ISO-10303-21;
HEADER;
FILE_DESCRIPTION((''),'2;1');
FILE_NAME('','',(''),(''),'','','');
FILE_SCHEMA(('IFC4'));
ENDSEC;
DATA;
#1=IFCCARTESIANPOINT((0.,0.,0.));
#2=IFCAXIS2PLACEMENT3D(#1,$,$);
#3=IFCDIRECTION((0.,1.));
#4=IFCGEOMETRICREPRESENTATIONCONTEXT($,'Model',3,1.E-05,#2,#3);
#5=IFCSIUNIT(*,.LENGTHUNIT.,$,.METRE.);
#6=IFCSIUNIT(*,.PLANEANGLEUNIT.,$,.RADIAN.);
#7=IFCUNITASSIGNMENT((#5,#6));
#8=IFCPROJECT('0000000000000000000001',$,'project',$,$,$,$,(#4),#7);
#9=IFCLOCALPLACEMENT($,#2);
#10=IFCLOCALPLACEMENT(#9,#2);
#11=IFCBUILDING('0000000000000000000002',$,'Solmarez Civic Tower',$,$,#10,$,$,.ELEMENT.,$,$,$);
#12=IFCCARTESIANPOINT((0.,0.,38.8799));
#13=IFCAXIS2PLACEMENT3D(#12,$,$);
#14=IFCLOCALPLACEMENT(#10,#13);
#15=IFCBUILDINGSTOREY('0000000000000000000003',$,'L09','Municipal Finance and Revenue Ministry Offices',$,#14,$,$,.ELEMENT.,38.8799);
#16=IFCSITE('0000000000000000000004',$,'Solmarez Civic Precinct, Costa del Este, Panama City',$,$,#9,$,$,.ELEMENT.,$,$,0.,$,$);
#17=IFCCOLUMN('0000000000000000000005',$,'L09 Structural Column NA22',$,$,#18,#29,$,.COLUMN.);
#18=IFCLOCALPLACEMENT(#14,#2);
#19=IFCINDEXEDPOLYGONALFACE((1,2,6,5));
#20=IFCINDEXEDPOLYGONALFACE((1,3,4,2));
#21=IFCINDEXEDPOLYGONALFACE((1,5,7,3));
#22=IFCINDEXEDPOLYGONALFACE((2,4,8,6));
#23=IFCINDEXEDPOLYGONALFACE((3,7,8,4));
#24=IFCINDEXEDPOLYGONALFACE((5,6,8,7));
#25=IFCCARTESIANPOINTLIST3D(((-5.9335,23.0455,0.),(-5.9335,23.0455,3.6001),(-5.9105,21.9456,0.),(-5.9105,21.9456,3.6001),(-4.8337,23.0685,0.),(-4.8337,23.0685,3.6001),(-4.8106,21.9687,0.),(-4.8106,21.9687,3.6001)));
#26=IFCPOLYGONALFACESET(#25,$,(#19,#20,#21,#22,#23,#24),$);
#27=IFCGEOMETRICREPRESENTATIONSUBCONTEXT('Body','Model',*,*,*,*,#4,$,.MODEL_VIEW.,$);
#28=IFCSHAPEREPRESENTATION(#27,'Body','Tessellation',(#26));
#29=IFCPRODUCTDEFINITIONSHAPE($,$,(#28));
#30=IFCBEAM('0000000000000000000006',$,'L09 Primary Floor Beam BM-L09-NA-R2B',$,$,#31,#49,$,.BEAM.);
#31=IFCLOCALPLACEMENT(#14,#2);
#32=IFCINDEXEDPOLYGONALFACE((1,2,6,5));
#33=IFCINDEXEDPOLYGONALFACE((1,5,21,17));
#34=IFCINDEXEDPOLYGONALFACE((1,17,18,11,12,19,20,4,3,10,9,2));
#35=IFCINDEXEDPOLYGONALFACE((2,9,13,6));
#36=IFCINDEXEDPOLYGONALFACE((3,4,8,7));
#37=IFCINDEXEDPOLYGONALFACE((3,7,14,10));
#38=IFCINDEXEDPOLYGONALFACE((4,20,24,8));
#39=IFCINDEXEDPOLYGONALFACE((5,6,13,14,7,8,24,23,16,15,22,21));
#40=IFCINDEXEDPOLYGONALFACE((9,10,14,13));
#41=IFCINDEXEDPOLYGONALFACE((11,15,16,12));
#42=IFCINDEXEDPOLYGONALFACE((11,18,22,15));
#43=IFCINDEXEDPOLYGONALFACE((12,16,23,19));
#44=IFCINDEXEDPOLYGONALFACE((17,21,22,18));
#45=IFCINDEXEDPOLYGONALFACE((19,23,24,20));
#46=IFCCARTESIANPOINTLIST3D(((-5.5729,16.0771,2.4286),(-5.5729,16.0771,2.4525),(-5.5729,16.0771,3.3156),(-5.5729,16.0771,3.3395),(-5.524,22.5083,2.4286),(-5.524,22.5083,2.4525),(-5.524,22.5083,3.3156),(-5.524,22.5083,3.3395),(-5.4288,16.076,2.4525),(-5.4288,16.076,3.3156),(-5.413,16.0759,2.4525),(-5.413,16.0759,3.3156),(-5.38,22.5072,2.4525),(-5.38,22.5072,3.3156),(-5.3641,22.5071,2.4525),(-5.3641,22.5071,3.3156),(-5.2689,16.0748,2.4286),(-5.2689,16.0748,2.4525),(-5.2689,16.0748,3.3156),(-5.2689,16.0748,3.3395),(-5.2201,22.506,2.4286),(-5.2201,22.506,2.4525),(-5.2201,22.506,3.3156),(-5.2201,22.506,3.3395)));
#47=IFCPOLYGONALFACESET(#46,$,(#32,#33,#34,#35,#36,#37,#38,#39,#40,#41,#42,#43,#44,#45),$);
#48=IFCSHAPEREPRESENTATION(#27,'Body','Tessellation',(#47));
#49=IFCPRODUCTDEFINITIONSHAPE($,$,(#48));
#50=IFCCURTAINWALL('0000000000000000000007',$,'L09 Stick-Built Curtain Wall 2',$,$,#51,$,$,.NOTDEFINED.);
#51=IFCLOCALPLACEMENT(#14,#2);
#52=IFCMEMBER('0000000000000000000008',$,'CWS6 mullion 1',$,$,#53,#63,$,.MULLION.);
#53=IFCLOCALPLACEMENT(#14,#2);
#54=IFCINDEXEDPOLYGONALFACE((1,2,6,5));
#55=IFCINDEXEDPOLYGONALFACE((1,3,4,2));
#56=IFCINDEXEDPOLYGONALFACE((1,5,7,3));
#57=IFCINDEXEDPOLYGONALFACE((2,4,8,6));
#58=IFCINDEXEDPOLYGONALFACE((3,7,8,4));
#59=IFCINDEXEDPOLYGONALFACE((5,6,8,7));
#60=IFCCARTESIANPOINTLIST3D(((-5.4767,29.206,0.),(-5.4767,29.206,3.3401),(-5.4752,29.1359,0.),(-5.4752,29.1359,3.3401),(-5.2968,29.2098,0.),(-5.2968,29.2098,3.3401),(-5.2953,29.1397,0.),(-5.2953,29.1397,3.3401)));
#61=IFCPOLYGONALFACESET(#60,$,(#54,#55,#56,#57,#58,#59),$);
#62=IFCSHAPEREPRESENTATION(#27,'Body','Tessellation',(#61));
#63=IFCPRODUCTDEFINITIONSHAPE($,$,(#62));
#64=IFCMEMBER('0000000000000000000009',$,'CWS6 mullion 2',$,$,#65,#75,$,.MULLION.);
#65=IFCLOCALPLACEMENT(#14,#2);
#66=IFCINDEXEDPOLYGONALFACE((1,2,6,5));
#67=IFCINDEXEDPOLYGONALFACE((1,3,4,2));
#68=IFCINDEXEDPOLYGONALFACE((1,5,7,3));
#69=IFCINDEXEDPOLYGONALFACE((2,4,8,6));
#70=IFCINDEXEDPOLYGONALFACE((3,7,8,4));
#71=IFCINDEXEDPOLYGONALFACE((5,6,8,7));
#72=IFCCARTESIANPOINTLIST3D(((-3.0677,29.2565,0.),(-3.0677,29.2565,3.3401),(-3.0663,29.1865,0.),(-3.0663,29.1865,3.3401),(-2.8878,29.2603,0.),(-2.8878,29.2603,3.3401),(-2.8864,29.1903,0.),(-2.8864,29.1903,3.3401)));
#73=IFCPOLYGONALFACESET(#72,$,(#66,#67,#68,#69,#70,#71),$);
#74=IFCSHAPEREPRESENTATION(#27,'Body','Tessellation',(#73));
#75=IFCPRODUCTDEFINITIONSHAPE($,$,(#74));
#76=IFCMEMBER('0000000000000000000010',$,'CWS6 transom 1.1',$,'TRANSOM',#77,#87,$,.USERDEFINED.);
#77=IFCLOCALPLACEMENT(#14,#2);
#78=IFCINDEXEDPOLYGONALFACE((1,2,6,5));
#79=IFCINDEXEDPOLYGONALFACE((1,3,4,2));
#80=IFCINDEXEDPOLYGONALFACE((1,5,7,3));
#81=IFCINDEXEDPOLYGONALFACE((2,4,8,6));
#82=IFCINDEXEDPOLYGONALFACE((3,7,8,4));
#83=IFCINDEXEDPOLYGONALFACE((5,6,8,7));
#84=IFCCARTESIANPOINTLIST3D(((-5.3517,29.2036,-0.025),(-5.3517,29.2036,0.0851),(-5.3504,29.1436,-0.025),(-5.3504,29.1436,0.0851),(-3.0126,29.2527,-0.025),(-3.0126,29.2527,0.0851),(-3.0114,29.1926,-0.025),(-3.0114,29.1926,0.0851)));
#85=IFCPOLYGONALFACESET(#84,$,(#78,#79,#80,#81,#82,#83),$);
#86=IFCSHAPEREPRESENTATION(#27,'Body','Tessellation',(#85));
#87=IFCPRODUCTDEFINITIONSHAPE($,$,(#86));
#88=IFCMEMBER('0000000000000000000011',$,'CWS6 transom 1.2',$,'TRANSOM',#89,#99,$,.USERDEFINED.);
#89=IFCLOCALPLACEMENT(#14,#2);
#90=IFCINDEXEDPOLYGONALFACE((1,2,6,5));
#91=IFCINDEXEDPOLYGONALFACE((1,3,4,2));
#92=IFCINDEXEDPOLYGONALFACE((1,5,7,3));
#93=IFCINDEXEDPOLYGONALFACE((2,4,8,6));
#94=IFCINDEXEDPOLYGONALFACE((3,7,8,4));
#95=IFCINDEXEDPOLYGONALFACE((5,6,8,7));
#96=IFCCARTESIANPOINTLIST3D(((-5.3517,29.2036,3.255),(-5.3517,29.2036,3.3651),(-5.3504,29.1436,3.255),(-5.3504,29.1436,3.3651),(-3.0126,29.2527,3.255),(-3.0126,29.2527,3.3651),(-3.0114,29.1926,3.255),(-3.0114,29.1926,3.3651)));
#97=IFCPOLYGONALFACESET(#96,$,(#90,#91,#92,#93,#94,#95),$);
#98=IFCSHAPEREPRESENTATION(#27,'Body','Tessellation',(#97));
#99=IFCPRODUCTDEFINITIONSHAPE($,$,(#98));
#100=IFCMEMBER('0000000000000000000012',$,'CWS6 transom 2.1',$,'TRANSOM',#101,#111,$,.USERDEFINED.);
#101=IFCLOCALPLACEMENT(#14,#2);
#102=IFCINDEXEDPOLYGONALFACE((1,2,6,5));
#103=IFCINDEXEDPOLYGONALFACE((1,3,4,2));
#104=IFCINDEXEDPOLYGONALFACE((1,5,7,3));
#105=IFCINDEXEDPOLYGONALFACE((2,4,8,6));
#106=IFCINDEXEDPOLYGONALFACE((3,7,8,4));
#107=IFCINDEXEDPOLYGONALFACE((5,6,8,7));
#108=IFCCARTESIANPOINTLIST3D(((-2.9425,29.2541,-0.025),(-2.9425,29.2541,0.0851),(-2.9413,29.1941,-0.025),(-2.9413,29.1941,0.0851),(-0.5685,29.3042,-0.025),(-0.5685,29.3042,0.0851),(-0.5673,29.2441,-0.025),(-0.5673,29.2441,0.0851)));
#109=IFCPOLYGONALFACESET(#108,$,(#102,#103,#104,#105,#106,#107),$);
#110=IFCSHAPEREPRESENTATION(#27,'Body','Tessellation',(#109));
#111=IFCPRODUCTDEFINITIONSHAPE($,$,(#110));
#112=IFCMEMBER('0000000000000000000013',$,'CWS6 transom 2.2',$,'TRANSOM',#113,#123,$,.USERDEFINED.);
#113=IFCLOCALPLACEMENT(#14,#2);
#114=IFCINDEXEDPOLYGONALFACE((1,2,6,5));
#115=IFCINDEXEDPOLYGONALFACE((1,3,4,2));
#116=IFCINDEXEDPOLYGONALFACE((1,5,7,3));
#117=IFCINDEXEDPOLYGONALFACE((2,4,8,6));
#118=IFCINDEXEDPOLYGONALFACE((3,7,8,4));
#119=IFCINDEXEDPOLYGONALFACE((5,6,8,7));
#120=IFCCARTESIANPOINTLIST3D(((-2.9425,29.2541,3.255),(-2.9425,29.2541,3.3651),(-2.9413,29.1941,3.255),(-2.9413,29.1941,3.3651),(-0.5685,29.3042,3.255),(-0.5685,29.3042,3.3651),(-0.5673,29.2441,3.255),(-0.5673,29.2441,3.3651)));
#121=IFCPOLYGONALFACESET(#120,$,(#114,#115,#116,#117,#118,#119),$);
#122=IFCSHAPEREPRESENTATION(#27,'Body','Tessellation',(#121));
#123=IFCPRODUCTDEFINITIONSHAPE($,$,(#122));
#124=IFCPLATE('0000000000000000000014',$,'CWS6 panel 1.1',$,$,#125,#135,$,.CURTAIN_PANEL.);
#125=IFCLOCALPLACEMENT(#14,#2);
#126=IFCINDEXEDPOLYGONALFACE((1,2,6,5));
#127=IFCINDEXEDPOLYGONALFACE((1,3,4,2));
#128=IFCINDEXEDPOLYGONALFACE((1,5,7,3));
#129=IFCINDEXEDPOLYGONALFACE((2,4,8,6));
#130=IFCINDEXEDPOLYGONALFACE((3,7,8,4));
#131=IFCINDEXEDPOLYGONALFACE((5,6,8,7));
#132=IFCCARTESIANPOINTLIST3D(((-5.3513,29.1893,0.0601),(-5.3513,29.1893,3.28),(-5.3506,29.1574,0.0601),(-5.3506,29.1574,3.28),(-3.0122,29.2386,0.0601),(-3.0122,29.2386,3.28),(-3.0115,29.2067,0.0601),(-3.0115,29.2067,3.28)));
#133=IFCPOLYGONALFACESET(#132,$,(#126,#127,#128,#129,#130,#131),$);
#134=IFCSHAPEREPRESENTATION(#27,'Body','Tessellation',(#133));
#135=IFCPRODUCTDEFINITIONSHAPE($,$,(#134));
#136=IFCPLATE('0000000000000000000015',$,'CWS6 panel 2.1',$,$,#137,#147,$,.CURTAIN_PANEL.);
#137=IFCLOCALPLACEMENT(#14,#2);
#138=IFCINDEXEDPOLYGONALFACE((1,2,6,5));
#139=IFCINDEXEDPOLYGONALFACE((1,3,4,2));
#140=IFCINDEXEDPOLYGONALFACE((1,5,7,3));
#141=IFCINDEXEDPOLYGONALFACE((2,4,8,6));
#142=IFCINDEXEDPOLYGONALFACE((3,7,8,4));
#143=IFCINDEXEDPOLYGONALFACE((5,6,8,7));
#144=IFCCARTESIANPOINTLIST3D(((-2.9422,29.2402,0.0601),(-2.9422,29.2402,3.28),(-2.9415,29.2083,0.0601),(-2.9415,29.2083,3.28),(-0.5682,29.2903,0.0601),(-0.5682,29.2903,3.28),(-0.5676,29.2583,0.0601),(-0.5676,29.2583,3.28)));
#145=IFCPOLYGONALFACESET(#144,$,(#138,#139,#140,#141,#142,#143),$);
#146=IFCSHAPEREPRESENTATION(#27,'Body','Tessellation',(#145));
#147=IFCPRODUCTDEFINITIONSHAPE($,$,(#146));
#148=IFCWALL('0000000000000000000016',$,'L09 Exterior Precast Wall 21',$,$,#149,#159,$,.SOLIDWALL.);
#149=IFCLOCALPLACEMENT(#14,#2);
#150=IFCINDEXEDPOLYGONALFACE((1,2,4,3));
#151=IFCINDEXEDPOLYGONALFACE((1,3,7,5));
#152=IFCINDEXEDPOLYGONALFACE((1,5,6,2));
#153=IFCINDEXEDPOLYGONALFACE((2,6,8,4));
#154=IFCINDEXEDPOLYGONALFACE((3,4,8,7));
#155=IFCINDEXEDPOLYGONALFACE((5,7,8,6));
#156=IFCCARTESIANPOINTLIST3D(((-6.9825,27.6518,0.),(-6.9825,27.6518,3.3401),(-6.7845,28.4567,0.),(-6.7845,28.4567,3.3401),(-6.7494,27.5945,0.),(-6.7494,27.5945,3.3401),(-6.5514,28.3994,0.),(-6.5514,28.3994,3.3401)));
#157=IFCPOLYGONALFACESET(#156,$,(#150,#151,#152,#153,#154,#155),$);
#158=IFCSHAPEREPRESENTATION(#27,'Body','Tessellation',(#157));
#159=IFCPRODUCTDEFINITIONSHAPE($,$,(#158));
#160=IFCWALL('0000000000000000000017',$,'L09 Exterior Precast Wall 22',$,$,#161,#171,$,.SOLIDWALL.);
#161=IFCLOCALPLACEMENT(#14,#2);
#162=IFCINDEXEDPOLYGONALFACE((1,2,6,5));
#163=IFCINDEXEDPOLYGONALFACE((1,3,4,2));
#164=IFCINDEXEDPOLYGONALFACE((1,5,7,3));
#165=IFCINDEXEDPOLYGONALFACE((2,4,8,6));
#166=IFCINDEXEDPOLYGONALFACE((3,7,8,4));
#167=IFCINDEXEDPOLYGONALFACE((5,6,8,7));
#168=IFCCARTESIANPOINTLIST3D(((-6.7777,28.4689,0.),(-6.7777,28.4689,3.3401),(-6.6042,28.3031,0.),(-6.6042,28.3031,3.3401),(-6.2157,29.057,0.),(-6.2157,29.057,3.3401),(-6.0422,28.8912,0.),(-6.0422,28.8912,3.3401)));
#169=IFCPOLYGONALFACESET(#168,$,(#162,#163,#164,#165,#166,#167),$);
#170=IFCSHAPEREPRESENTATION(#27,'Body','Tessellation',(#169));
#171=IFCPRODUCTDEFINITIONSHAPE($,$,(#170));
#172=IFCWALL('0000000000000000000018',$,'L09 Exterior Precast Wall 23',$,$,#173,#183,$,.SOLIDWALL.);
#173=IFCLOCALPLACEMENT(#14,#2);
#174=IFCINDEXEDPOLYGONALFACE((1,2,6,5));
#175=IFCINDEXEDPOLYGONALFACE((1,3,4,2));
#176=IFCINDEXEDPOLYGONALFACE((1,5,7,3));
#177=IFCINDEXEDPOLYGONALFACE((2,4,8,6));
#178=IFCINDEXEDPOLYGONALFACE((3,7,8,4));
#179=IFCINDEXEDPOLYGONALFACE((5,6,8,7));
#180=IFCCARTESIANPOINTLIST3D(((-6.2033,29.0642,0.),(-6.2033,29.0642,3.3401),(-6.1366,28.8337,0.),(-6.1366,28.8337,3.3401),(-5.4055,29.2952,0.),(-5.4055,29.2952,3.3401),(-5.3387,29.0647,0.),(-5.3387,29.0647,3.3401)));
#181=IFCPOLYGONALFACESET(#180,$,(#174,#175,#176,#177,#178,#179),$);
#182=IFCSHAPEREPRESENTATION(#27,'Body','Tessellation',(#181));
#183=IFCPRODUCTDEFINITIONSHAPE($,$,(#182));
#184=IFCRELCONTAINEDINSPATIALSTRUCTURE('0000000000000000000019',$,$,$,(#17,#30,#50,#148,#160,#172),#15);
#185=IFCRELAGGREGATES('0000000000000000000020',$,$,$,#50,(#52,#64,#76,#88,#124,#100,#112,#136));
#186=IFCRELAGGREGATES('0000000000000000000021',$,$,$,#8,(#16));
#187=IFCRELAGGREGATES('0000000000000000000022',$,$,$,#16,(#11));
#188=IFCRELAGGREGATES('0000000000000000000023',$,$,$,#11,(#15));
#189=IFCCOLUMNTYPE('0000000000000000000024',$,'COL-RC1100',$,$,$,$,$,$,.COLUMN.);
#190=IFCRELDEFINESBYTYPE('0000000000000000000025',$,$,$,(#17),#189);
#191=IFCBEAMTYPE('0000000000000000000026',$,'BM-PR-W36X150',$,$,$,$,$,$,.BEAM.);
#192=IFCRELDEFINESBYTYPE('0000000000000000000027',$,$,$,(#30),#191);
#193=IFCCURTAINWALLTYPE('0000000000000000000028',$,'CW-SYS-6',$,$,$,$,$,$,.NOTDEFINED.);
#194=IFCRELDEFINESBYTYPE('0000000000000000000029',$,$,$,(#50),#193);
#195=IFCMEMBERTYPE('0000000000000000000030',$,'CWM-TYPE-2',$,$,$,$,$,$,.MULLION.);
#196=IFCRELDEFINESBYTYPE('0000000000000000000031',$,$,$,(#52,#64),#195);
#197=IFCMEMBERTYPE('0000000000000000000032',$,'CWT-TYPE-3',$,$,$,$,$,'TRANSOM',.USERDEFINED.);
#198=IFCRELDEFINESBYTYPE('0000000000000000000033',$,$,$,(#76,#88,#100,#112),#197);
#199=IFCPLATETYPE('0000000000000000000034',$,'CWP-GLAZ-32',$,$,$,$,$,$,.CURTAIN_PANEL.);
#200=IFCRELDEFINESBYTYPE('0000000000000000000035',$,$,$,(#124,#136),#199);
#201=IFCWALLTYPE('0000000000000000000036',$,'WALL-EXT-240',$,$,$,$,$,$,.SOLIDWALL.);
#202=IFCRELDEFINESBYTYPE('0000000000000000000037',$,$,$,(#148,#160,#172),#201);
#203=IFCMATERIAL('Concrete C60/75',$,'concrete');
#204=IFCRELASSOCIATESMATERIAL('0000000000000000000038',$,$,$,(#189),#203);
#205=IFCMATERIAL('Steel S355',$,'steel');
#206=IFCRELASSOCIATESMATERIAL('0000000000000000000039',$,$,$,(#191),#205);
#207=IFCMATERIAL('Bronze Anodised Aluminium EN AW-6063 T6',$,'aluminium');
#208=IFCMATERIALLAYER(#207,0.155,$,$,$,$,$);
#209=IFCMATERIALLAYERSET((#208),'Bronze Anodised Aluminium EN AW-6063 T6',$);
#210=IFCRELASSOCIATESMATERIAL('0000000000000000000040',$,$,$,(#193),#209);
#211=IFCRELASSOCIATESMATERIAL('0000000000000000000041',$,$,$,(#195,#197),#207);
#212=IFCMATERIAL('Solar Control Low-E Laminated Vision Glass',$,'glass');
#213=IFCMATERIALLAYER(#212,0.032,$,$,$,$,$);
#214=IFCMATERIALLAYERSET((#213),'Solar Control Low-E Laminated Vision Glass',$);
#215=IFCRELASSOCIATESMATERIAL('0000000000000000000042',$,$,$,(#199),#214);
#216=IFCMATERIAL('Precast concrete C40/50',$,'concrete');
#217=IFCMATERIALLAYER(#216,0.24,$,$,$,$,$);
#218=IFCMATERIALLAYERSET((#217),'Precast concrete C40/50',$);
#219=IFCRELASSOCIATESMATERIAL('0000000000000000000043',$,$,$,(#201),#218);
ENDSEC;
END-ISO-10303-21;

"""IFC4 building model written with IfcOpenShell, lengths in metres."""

from ifc_helpers import new_model, si_unit, direction, frame, frame_2d, origin, origin_2d, place, context, subcontext, project, spatial, rectangle, i_section, extrude, material, layer, layer_set, material_profile, profile_set, type_object, element, aggregate, save


model = new_model("IFC4")

# Units and contexts
model_context = context("Model", 3, precision=1e-05, world=origin(), true_north=direction((0.0, 1.0)))
body_context = subcontext(model_context, "Body", "Model", "MODEL_VIEW")
ifc_project = project(units=[si_unit("LENGTHUNIT", "METRE"), si_unit("PLANEANGLEUNIT", "RADIAN")], contexts=[model_context])

# Site, building, storey
site_placement = place(None, origin())
site = spatial("IfcSite", under=ifc_project, at=site_placement, Name="Solmarez Civic Precinct, Costa del Este, Panama City", CompositionType="ELEMENT", RefElevation=0.0)
building_placement = place(site_placement, origin())
building = spatial("IfcBuilding", under=site, at=building_placement, Name="Solmarez Civic Tower", CompositionType="ELEMENT")
storey_placement = place(building_placement, frame((0.0, 0.0, 38.8799)))
storey = spatial("IfcBuildingStorey", under=building, at=storey_placement, Name="L09", Description="Municipal Finance and Revenue Ministry Offices", CompositionType="ELEMENT", Elevation=38.8799)

# Column
ifc_material_1 = material(Name="Concrete C60/75", Category="concrete")
ifc_material_profile_1 = material_profile(ifc_material_1, rectangle(XDim=1.1001, YDim=1.1001, at=origin_2d()), Name="RC1100X1100")
ifc_profile_set_1 = profile_set([ifc_material_profile_1], Name="Concrete C60/75")
column_type = type_object("IfcColumnType", Name="COL-RC1100", PredefinedType="COLUMN", material=ifc_profile_set_1)
column_placement = place(storey_placement, frame((-5.3721, 22.5071, 0.0), z_axis=(0.0, 0.0, 1.0), x_axis=(0.999781, 0.020942, 0.0)))
element("IfcColumn", 1, at=column_placement, inside=storey, type_object=column_type, Name="L09 Structural Column NA22", PredefinedType="COLUMN", context=body_context, shape_type="SweptSolid", body=[
    extrude(rectangle(XDim=1.1001, YDim=1.1001, at=origin_2d()), origin(), (0.0, 0.0, 1.0), 3.6001),
])

# Beam
ifc_material_2 = material(Name="Steel S355", Category="steel")
ifc_material_profile_2 = material_profile(ifc_material_2, i_section(OverallWidth=0.304, OverallDepth=0.9109, WebThickness=0.0159, FlangeThickness=0.0239, at=origin_2d()), Name="W36X150")
ifc_profile_set_2 = profile_set([ifc_material_profile_2], Name="Steel S355")
beam_type = type_object("IfcBeamType", Name="BM-PR-W36X150", PredefinedType="BEAM", material=ifc_profile_set_2)
beam_placement = place(storey_placement, frame((-5.4209, 16.0759, 2.884), z_axis=(0.007592, 0.999971, 0.0), x_axis=(-0.999971, 0.007592, 0.0)))
element("IfcBeam", 2, at=beam_placement, inside=storey, type_object=beam_type, Name="L09 Primary Floor Beam BM-L09-NA-R2B", PredefinedType="BEAM", context=body_context, shape_type="SweptSolid", body=[
    extrude(i_section(OverallWidth=0.304, OverallDepth=0.9109, WebThickness=0.0159, FlangeThickness=0.0239, at=origin_2d()), origin(), (0.0, 0.0, 1.0), 6.4314),
])

# Curtain wall, members, plates
ifc_material_3 = material(Name="Bronze Anodised Aluminium EN AW-6063 T6", Category="aluminium")
ifc_layer_1 = layer(ifc_material_3, 0.155)
ifc_layer_set_1 = layer_set([ifc_layer_1], Name="Bronze Anodised Aluminium EN AW-6063 T6")
curtain_wall_type = type_object("IfcCurtainWallType", Name="CW-SYS-6", PredefinedType="NOTDEFINED", material=ifc_layer_set_1)
curtain_wall_placement = place(storey_placement, origin())
curtain_wall = element("IfcCurtainWall", 3, at=curtain_wall_placement, inside=storey, type_object=curtain_wall_type, Name="L09 Stick-Built Curtain Wall 2", PredefinedType="NOTDEFINED")
ifc_material_profile_3 = material_profile(ifc_material_3, rectangle(XDim=0.0701, YDim=0.1799, at=origin_2d()), Name="CWM-70X180")
ifc_profile_set_3 = profile_set([ifc_material_profile_3], Name="Bronze Anodised Aluminium EN AW-6063 T6")
member_type_1 = type_object("IfcMemberType", Name="CWM-TYPE-2", PredefinedType="MULLION", material=ifc_profile_set_3)
member_1_placement = place(storey_placement, frame((-5.386, 29.1729, 0.0), z_axis=(0.0, 0.0, 1.0), x_axis=(-0.021067, 0.999778, 0.0)))
member_1 = element("IfcMember", 4, at=member_1_placement, type_object=member_type_1, Name="CWS6 mullion 1", PredefinedType="MULLION", context=body_context, shape_type="SweptSolid", body=[
    extrude(rectangle(XDim=0.0701, YDim=0.1799, at=origin_2d()), origin(), (0.0, 0.0, 1.0), 3.3401),
])
member_2_placement = place(storey_placement, frame((-2.9771, 29.2234, 0.0), z_axis=(0.0, 0.0, 1.0), x_axis=(-0.021067, 0.999778, 0.0)))
member_2 = element("IfcMember", 5, at=member_2_placement, type_object=member_type_1, Name="CWS6 mullion 2", PredefinedType="MULLION", context=body_context, shape_type="SweptSolid", body=[
    extrude(rectangle(XDim=0.0701, YDim=0.1799, at=origin_2d()), origin(), (0.0, 0.0, 1.0), 3.3401),
])
ifc_material_profile_4 = material_profile(ifc_material_3, rectangle(XDim=0.0601, YDim=0.1101, at=origin_2d()), Name="CWT-60X110")
ifc_profile_set_4 = profile_set([ifc_material_profile_4], Name="Bronze Anodised Aluminium EN AW-6063 T6")
member_type_2 = type_object("IfcMemberType", Name="CWT-TYPE-3", ElementType="TRANSOM", PredefinedType="USERDEFINED", material=ifc_profile_set_4)
member_3_placement = place(storey_placement, frame((-5.3511, 29.1736, 0.03), z_axis=(0.99978, 0.020974, 0.0), x_axis=(-0.020974, 0.99978, 0.0)))
member_3 = element("IfcMember", 6, at=member_3_placement, type_object=member_type_2, Name="CWS6 transom 1.1", ObjectType="TRANSOM", PredefinedType="USERDEFINED", context=body_context, shape_type="SweptSolid", body=[
    extrude(rectangle(XDim=0.0601, YDim=0.1101, at=origin_2d()), origin(), (0.0, 0.0, 1.0), 2.3396),
])
member_4_placement = place(storey_placement, frame((-5.3511, 29.1736, 3.3101), z_axis=(0.99978, 0.020974, 0.0), x_axis=(-0.020974, 0.99978, 0.0)))
member_4 = element("IfcMember", 7, at=member_4_placement, type_object=member_type_2, Name="CWS6 transom 1.2", ObjectType="TRANSOM", PredefinedType="USERDEFINED", context=body_context, shape_type="SweptSolid", body=[
    extrude(rectangle(XDim=0.0601, YDim=0.1101, at=origin_2d()), origin(), (0.0, 0.0, 1.0), 2.3396),
])
member_5_placement = place(storey_placement, frame((-2.9419, 29.2241, 0.03), z_axis=(0.999778, 0.021077, 0.0), x_axis=(-0.021077, 0.999778, 0.0)))
member_5 = element("IfcMember", 8, at=member_5_placement, type_object=member_type_2, Name="CWS6 transom 2.1", ObjectType="TRANSOM", PredefinedType="USERDEFINED", context=body_context, shape_type="SweptSolid", body=[
    extrude(rectangle(XDim=0.0601, YDim=0.1101, at=origin_2d()), origin(), (0.0, 0.0, 1.0), 2.3745),
])
member_6_placement = place(storey_placement, frame((-2.9419, 29.2241, 3.3101), z_axis=(0.999778, 0.021077, 0.0), x_axis=(-0.021077, 0.999778, 0.0)))
member_6 = element("IfcMember", 9, at=member_6_placement, type_object=member_type_2, Name="CWS6 transom 2.2", ObjectType="TRANSOM", PredefinedType="USERDEFINED", context=body_context, shape_type="SweptSolid", body=[
    extrude(rectangle(XDim=0.0601, YDim=0.1101, at=origin_2d()), origin(), (0.0, 0.0, 1.0), 2.3745),
])
ifc_material_4 = material(Name="Solar Control Low-E Laminated Vision Glass", Category="glass")
ifc_layer_2 = layer(ifc_material_4, 0.032)
ifc_layer_set_2 = layer_set([ifc_layer_2], Name="Solar Control Low-E Laminated Vision Glass")
plate_type = type_object("IfcPlateType", Name="CWP-GLAZ-32", PredefinedType="CURTAIN_PANEL", material=ifc_layer_set_2)
plate_1_placement = place(storey_placement, frame((-4.1814, 29.198, 0.0601), z_axis=(0.0, 0.0, 1.0), x_axis=(0.999778, 0.021067, 0.0)))
plate_1 = element("IfcPlate", 10, at=plate_1_placement, type_object=plate_type, Name="CWS6 panel 1.1", PredefinedType="CURTAIN_PANEL", context=body_context, shape_type="SweptSolid", body=[
    extrude(rectangle(XDim=2.3396, YDim=0.032, at=origin_2d()), origin(), (0.0, 0.0, 1.0), 3.22),
])
plate_2_placement = place(storey_placement, frame((-1.7549, 29.2493, 0.0601), z_axis=(0.0, 0.0, 1.0), x_axis=(0.999778, 0.021067, 0.0)))
plate_2 = element("IfcPlate", 11, at=plate_2_placement, type_object=plate_type, Name="CWS6 panel 2.1", PredefinedType="CURTAIN_PANEL", context=body_context, shape_type="SweptSolid", body=[
    extrude(rectangle(XDim=2.3745, YDim=0.032, at=origin_2d()), origin(), (0.0, 0.0, 1.0), 3.22),
])
aggregate(curtain_wall, [member_1, member_2, member_3, member_4, plate_1, member_5, member_6, plate_2])

# Walls
ifc_material_5 = material(Name="Precast concrete C40/50", Category="concrete")
ifc_layer_3 = layer(ifc_material_5, 0.24)
ifc_layer_set_3 = layer_set([ifc_layer_3], Name="Precast concrete C40/50")
wall_type_1 = type_object("IfcWallType", Name="WALL-EXT-240", PredefinedType="SOLIDWALL", material=ifc_layer_set_3)
wall_1_placement = place(storey_placement, frame((-6.866, 27.623, 0.0), z_axis=(0.0, 0.0, 1.0), x_axis=(0.238861, 0.971054, 0.0)))
element("IfcWall", 12, at=wall_1_placement, inside=storey, type_object=wall_type_1, Name="L09 Exterior Precast Wall 21", PredefinedType="SOLIDWALL", context=body_context, shape_type="SweptSolid", body=[
    extrude(rectangle(XDim=0.8289, YDim=0.24, at=frame_2d((0.4146, 0.0))), origin(), (0.0, 0.0, 1.0), 3.3401),
])
wall_2_placement = place(storey_placement, frame((-6.6909, 28.386, 0.0), z_axis=(0.0, 0.0, 1.0), x_axis=(0.690868, 0.722981, 0.0)))
element("IfcWall", 13, at=wall_2_placement, inside=storey, type_object=wall_type_1, Name="L09 Exterior Precast Wall 22", PredefinedType="SOLIDWALL", context=body_context, shape_type="SweptSolid", body=[
    extrude(rectangle(XDim=0.8135, YDim=0.24, at=frame_2d((0.4067, 0.0))), origin(), (0.0, 0.0, 1.0), 3.3401),
])
wall_3_placement = place(storey_placement, frame((-6.1699, 28.949, 0.0), z_axis=(0.0, 0.0, 1.0), x_axis=(0.960564, 0.278058, 0.0)))
element("IfcWall", 14, at=wall_3_placement, inside=storey, type_object=wall_type_1, Name="L09 Exterior Precast Wall 23", PredefinedType="SOLIDWALL", context=body_context, shape_type="SweptSolid", body=[
    extrude(rectangle(XDim=0.8306, YDim=0.24, at=frame_2d((0.4153, 0.0))), origin(), (0.0, 0.0, 1.0), 3.3401),
])

save(model, "model.ifc")
